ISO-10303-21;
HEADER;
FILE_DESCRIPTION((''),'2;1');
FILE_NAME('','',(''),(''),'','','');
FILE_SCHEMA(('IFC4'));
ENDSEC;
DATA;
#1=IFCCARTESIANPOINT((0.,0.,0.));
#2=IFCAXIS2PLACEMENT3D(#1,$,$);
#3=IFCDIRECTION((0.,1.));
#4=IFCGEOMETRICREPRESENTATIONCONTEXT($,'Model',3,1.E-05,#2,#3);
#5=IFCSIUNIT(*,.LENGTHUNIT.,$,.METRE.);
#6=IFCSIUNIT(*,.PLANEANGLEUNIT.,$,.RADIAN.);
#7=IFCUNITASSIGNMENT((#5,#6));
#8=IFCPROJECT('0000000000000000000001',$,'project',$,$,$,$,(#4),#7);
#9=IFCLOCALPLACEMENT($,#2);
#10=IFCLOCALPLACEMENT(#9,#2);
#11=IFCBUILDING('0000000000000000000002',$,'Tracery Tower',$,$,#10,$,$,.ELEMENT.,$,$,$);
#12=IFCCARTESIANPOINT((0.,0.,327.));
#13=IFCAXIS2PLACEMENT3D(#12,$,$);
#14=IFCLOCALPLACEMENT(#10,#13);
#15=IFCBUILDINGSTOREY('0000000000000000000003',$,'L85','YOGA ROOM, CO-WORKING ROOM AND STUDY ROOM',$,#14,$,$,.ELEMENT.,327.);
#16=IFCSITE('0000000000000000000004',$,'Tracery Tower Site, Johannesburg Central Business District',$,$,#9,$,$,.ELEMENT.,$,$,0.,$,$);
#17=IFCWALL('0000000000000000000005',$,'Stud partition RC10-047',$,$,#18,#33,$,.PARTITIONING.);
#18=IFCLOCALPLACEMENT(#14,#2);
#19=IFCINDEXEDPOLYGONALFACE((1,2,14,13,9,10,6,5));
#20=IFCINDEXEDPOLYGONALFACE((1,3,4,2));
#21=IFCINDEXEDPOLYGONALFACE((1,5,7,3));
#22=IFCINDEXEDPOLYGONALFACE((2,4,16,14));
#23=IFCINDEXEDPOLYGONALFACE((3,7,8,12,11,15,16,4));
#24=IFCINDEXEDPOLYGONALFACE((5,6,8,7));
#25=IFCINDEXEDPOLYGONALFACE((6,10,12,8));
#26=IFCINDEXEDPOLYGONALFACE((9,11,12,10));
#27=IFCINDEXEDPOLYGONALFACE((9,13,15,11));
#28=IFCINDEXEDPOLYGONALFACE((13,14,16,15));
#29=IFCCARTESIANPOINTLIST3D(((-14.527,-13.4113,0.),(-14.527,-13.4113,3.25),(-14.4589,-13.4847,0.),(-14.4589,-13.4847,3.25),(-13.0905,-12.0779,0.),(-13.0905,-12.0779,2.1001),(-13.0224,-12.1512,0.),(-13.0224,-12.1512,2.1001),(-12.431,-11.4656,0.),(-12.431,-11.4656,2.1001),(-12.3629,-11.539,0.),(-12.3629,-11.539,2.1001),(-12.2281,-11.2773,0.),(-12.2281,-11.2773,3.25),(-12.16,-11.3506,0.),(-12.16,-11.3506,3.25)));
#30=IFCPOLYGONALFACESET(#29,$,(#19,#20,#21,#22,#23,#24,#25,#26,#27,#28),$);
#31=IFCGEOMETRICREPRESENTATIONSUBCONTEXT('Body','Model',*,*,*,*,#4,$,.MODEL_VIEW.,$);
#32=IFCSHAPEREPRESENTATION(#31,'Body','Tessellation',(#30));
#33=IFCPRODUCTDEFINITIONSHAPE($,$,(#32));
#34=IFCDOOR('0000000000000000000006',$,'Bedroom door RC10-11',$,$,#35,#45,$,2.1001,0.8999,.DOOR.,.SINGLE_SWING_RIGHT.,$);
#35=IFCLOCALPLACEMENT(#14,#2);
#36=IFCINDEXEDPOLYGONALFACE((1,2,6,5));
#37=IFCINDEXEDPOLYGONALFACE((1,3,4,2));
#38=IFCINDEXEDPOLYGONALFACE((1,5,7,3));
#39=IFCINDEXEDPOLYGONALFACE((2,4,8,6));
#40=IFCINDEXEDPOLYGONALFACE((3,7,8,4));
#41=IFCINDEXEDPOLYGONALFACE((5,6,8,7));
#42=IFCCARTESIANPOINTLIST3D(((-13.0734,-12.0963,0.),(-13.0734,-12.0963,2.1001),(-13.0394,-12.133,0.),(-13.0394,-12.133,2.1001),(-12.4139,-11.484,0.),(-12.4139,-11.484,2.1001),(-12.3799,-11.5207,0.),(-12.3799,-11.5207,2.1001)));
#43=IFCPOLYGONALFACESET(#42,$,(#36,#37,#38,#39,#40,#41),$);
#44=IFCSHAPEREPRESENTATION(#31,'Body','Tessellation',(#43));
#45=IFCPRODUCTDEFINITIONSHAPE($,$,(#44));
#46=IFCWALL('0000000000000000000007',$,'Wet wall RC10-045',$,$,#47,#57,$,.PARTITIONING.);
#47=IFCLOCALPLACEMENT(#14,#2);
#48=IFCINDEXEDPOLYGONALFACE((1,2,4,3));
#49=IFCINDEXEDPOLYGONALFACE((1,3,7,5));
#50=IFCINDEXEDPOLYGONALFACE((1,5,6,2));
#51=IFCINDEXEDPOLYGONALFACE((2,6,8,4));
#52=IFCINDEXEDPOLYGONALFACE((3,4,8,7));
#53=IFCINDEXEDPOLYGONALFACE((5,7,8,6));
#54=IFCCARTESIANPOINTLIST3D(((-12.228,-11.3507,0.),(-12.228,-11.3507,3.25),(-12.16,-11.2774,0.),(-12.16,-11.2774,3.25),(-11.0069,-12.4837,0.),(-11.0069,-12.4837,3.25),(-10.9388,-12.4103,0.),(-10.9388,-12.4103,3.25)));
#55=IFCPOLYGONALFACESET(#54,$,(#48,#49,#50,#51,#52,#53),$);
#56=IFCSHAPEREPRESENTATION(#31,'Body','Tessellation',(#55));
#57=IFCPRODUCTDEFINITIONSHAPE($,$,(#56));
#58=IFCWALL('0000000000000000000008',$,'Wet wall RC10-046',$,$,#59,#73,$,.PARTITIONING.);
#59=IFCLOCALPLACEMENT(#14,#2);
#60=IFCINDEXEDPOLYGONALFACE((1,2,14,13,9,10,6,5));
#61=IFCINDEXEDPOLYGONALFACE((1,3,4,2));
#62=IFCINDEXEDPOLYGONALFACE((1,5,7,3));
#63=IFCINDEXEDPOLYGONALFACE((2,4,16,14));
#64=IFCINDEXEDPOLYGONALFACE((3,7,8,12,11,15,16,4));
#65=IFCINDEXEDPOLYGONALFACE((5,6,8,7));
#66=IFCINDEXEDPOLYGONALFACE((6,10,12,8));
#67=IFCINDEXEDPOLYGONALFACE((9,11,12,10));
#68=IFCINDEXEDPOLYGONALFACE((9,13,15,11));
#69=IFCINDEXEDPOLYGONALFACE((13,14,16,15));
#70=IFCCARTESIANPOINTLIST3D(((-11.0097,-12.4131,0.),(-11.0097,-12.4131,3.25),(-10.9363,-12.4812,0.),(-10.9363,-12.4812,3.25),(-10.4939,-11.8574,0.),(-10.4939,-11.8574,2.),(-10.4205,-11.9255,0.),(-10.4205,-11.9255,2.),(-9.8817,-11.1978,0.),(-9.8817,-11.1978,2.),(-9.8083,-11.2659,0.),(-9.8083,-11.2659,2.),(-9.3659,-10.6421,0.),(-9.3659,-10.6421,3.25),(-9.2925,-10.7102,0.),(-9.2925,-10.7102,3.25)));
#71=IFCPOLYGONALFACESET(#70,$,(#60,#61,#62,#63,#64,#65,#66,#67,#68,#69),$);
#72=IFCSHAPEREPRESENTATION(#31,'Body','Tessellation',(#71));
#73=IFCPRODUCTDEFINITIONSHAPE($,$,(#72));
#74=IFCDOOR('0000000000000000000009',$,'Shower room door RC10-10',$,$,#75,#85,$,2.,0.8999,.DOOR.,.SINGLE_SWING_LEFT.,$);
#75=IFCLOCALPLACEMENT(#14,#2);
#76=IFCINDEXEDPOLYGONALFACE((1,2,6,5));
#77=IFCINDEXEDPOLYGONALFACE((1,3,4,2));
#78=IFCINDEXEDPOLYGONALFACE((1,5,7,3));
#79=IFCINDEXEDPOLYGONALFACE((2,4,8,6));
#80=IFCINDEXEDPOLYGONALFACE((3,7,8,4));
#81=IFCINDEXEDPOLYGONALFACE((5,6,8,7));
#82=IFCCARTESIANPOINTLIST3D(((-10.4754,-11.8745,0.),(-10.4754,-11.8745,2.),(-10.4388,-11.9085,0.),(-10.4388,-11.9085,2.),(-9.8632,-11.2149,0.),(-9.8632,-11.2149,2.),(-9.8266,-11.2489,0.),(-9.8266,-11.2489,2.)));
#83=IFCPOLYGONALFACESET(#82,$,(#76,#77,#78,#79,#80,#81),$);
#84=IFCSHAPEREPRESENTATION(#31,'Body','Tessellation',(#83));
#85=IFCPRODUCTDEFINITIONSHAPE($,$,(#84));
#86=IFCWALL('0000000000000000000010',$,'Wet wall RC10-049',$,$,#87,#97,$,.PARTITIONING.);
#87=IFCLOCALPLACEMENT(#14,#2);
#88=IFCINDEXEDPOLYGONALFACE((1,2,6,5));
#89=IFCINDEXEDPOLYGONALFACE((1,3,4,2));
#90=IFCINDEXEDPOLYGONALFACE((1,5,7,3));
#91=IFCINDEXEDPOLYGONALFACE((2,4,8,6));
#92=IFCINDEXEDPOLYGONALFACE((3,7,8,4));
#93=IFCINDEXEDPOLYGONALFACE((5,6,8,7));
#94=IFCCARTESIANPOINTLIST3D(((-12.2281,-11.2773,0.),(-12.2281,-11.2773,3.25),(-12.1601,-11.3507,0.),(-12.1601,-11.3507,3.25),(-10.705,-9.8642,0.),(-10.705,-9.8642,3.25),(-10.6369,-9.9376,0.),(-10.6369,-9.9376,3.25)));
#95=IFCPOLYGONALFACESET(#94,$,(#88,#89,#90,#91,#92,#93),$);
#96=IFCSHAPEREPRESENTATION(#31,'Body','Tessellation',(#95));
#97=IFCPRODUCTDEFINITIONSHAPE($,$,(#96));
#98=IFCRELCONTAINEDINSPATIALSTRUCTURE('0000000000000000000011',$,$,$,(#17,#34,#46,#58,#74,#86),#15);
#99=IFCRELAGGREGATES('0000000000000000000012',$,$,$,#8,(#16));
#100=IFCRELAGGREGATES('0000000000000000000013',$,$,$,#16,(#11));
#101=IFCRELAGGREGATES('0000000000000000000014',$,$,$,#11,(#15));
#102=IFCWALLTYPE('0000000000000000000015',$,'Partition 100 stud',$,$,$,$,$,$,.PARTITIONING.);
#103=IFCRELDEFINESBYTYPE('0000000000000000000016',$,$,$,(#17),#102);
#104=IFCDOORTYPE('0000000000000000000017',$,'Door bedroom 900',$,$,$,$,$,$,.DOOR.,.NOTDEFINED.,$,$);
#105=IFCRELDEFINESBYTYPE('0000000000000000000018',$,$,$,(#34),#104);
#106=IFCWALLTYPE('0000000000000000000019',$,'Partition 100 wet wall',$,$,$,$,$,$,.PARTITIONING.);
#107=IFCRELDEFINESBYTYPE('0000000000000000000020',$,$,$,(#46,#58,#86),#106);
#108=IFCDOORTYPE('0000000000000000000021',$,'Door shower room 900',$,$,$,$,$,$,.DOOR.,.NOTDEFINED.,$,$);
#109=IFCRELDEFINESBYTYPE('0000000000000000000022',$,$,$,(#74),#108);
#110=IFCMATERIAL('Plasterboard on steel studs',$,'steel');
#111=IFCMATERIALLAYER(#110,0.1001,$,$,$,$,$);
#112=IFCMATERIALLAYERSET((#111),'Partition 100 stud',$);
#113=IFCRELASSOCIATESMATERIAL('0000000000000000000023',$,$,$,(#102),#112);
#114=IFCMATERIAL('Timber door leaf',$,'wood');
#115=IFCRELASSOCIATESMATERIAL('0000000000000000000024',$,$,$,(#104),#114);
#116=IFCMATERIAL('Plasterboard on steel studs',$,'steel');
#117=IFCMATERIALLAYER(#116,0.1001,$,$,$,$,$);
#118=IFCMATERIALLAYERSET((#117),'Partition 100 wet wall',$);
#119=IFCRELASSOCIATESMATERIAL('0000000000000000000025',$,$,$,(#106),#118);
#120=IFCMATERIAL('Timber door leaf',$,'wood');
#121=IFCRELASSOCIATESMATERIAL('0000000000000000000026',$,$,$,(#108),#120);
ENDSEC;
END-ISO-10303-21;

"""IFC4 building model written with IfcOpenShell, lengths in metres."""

from ifc_helpers import new_model, si_unit, direction, frame, frame_2d, origin, place, context, subcontext, project, spatial, rectangle, extrude, material, layer, layer_set, type_object, element, fill, save


model = new_model("IFC4")

# Units and contexts
model_context = context("Model", 3, precision=1e-05, world=origin(), true_north=direction((0.0, 1.0)))
body_context = subcontext(model_context, "Body", "Model", "MODEL_VIEW")
ifc_project = project(units=[si_unit("LENGTHUNIT", "METRE"), si_unit("PLANEANGLEUNIT", "RADIAN")], contexts=[model_context])

# Site, building, storey
site_placement = place(None, origin())
site = spatial("IfcSite", under=ifc_project, at=site_placement, Name="Tracery Tower Site, Johannesburg Central Business District", CompositionType="ELEMENT", RefElevation=0.0)
building_placement = place(site_placement, origin())
building = spatial("IfcBuilding", under=site, at=building_placement, Name="Tracery Tower", CompositionType="ELEMENT")
storey_placement = place(building_placement, frame((0.0, 0.0, 327.0)))
storey = spatial("IfcBuildingStorey", under=building, at=storey_placement, Name="L85", Description="YOGA ROOM, CO-WORKING ROOM AND STUDY ROOM", CompositionType="ELEMENT", Elevation=327.0)

# Wall, opening, door
ifc_material_1 = material(Name="Plasterboard on steel studs", Category="steel")
ifc_layer_1 = layer(ifc_material_1, 0.1001)
ifc_layer_set_1 = layer_set([ifc_layer_1], Name="Partition 100 stud")
wall_type_1 = type_object("IfcWallType", Name="Partition 100 stud", PredefinedType="PARTITIONING", material=ifc_layer_set_1)
wall_1_placement = place(storey_placement, frame((-14.4929, -13.448, 0.0), z_axis=(0.0, 0.0, 1.0), x_axis=(0.732888, 0.68035, 0.0)))
wall_1 = element("IfcWall", 1, at=wall_1_placement, inside=storey, type_object=wall_type_1, Name="Stud partition RC10-047", PredefinedType="PARTITIONING", context=body_context, shape_type="SweptSolid", body=[
    extrude(rectangle(XDim=3.1367, YDim=0.1001, at=frame_2d((1.5684, 0.0))), origin(), (0.0, 0.0, 1.0), 3.25),
])
opening_1_placement = place(wall_1_placement, frame((1.96, 0.0, 0.0)))
opening_1 = element("IfcOpeningElement", 2, at=opening_1_placement, cuts=wall_1, PredefinedType="OPENING", context=body_context, shape_type="SweptSolid", body=[
    extrude(rectangle(XDim=0.8999, YDim=2.1001, at=frame_2d((0.45, 1.05))), frame((0.0, 0.05, 0.0), z_axis=(0.0, -1.0, 0.0), x_axis=(1.0, 0.0, 0.0)), (0.0, 0.0, 1.0), 0.1001),
])
ifc_material_2 = material(Name="Timber door leaf", Category="wood")
door_type_1 = type_object("IfcDoorType", Name="Door bedroom 900", OperationType="NOTDEFINED", PredefinedType="DOOR", material=ifc_material_2)
door_1_placement = place(opening_1_placement, origin())
door_1 = element("IfcDoor", 3, at=door_1_placement, inside=storey, type_object=door_type_1, Name="Bedroom door RC10-11", OperationType="SINGLE_SWING_RIGHT", OverallHeight=2.1001, OverallWidth=0.8999, PredefinedType="DOOR", context=body_context, shape_type="SweptSolid", body=[
    extrude(rectangle(XDim=0.8999, YDim=2.1001, at=frame_2d((0.45, 1.05))), frame((0.0, 0.0249, 0.0), z_axis=(0.0, -1.0, 0.0), x_axis=(1.0, 0.0, 0.0)), (0.0, 0.0, 1.0), 0.05),
])
fill(opening_1, door_1)

# Wall
ifc_material_3 = material(Name="Plasterboard on steel studs", Category="steel")
ifc_layer_2 = layer(ifc_material_3, 0.1001)
ifc_layer_set_2 = layer_set([ifc_layer_2], Name="Partition 100 wet wall")
wall_type_2 = type_object("IfcWallType", Name="Partition 100 wet wall", PredefinedType="PARTITIONING", material=ifc_layer_set_2)
wall_2_placement = place(storey_placement, frame((-12.1941, -11.314, 0.0), z_axis=(0.0, 0.0, 1.0), x_axis=(0.733065, -0.680159, 0.0)))
element("IfcWall", 4, at=wall_2_placement, inside=storey, type_object=wall_type_2, Name="Wet wall RC10-045", PredefinedType="PARTITIONING", context=body_context, shape_type="SweptSolid", body=[
    extrude(rectangle(XDim=1.6658, YDim=0.1001, at=frame_2d((0.833, 0.0))), origin(), (0.0, 0.0, 1.0), 3.25),
])

# Wall, opening, door
wall_3_placement = place(storey_placement, frame((-10.9729, -12.447, 0.0), z_axis=(0.0, 0.0, 1.0), x_axis=(0.680296, 0.732937, 0.0)))
wall_3 = element("IfcWall", 5, at=wall_3_placement, inside=storey, type_object=wall_type_2, Name="Wet wall RC10-046", PredefinedType="PARTITIONING", context=body_context, shape_type="SweptSolid", body=[
    extrude(rectangle(XDim=2.4163, YDim=0.1001, at=frame_2d((1.208, 0.0))), origin(), (0.0, 0.0, 1.0), 3.25),
])
opening_2_placement = place(wall_3_placement, frame((0.7581, 0.0, 0.0)))
opening_2 = element("IfcOpeningElement", 6, at=opening_2_placement, cuts=wall_3, PredefinedType="OPENING", context=body_context, shape_type="SweptSolid", body=[
    extrude(rectangle(XDim=0.8999, YDim=2.0, at=frame_2d((0.45, 1.0))), frame((0.0, 0.05, 0.0), z_axis=(0.0, -1.0, 0.0), x_axis=(1.0, 0.0, 0.0)), (0.0, 0.0, 1.0), 0.1001),
])
ifc_material_4 = material(Name="Timber door leaf", Category="wood")
door_type_2 = type_object("IfcDoorType", Name="Door shower room 900", OperationType="NOTDEFINED", PredefinedType="DOOR", material=ifc_material_4)
door_2_placement = place(opening_2_placement, origin())
door_2 = element("IfcDoor", 7, at=door_2_placement, inside=storey, type_object=door_type_2, Name="Shower room door RC10-10", OperationType="SINGLE_SWING_LEFT", OverallHeight=2.0, OverallWidth=0.8999, PredefinedType="DOOR", context=body_context, shape_type="SweptSolid", body=[
    extrude(rectangle(XDim=0.8999, YDim=2.0, at=frame_2d((0.45, 1.0))), frame((0.0, 0.0249, 0.0), z_axis=(0.0, -1.0, 0.0), x_axis=(1.0, 0.0, 0.0)), (0.0, 0.0, 1.0), 0.05),
])
fill(opening_2, door_2)

# Wall
wall_4_placement = place(storey_placement, frame((-12.1941, -11.314, 0.0), z_axis=(0.0, 0.0, 1.0), x_axis=(0.733107, 0.680113, 0.0)))
element("IfcWall", 8, at=wall_4_placement, inside=storey, type_object=wall_type_2, Name="Wet wall RC10-049", PredefinedType="PARTITIONING", context=body_context, shape_type="SweptSolid", body=[
    extrude(rectangle(XDim=2.0776, YDim=0.1001, at=frame_2d((1.0388, 0.0))), origin(), (0.0, 0.0, 1.0), 3.25),
])

save(model, "model.ifc")
